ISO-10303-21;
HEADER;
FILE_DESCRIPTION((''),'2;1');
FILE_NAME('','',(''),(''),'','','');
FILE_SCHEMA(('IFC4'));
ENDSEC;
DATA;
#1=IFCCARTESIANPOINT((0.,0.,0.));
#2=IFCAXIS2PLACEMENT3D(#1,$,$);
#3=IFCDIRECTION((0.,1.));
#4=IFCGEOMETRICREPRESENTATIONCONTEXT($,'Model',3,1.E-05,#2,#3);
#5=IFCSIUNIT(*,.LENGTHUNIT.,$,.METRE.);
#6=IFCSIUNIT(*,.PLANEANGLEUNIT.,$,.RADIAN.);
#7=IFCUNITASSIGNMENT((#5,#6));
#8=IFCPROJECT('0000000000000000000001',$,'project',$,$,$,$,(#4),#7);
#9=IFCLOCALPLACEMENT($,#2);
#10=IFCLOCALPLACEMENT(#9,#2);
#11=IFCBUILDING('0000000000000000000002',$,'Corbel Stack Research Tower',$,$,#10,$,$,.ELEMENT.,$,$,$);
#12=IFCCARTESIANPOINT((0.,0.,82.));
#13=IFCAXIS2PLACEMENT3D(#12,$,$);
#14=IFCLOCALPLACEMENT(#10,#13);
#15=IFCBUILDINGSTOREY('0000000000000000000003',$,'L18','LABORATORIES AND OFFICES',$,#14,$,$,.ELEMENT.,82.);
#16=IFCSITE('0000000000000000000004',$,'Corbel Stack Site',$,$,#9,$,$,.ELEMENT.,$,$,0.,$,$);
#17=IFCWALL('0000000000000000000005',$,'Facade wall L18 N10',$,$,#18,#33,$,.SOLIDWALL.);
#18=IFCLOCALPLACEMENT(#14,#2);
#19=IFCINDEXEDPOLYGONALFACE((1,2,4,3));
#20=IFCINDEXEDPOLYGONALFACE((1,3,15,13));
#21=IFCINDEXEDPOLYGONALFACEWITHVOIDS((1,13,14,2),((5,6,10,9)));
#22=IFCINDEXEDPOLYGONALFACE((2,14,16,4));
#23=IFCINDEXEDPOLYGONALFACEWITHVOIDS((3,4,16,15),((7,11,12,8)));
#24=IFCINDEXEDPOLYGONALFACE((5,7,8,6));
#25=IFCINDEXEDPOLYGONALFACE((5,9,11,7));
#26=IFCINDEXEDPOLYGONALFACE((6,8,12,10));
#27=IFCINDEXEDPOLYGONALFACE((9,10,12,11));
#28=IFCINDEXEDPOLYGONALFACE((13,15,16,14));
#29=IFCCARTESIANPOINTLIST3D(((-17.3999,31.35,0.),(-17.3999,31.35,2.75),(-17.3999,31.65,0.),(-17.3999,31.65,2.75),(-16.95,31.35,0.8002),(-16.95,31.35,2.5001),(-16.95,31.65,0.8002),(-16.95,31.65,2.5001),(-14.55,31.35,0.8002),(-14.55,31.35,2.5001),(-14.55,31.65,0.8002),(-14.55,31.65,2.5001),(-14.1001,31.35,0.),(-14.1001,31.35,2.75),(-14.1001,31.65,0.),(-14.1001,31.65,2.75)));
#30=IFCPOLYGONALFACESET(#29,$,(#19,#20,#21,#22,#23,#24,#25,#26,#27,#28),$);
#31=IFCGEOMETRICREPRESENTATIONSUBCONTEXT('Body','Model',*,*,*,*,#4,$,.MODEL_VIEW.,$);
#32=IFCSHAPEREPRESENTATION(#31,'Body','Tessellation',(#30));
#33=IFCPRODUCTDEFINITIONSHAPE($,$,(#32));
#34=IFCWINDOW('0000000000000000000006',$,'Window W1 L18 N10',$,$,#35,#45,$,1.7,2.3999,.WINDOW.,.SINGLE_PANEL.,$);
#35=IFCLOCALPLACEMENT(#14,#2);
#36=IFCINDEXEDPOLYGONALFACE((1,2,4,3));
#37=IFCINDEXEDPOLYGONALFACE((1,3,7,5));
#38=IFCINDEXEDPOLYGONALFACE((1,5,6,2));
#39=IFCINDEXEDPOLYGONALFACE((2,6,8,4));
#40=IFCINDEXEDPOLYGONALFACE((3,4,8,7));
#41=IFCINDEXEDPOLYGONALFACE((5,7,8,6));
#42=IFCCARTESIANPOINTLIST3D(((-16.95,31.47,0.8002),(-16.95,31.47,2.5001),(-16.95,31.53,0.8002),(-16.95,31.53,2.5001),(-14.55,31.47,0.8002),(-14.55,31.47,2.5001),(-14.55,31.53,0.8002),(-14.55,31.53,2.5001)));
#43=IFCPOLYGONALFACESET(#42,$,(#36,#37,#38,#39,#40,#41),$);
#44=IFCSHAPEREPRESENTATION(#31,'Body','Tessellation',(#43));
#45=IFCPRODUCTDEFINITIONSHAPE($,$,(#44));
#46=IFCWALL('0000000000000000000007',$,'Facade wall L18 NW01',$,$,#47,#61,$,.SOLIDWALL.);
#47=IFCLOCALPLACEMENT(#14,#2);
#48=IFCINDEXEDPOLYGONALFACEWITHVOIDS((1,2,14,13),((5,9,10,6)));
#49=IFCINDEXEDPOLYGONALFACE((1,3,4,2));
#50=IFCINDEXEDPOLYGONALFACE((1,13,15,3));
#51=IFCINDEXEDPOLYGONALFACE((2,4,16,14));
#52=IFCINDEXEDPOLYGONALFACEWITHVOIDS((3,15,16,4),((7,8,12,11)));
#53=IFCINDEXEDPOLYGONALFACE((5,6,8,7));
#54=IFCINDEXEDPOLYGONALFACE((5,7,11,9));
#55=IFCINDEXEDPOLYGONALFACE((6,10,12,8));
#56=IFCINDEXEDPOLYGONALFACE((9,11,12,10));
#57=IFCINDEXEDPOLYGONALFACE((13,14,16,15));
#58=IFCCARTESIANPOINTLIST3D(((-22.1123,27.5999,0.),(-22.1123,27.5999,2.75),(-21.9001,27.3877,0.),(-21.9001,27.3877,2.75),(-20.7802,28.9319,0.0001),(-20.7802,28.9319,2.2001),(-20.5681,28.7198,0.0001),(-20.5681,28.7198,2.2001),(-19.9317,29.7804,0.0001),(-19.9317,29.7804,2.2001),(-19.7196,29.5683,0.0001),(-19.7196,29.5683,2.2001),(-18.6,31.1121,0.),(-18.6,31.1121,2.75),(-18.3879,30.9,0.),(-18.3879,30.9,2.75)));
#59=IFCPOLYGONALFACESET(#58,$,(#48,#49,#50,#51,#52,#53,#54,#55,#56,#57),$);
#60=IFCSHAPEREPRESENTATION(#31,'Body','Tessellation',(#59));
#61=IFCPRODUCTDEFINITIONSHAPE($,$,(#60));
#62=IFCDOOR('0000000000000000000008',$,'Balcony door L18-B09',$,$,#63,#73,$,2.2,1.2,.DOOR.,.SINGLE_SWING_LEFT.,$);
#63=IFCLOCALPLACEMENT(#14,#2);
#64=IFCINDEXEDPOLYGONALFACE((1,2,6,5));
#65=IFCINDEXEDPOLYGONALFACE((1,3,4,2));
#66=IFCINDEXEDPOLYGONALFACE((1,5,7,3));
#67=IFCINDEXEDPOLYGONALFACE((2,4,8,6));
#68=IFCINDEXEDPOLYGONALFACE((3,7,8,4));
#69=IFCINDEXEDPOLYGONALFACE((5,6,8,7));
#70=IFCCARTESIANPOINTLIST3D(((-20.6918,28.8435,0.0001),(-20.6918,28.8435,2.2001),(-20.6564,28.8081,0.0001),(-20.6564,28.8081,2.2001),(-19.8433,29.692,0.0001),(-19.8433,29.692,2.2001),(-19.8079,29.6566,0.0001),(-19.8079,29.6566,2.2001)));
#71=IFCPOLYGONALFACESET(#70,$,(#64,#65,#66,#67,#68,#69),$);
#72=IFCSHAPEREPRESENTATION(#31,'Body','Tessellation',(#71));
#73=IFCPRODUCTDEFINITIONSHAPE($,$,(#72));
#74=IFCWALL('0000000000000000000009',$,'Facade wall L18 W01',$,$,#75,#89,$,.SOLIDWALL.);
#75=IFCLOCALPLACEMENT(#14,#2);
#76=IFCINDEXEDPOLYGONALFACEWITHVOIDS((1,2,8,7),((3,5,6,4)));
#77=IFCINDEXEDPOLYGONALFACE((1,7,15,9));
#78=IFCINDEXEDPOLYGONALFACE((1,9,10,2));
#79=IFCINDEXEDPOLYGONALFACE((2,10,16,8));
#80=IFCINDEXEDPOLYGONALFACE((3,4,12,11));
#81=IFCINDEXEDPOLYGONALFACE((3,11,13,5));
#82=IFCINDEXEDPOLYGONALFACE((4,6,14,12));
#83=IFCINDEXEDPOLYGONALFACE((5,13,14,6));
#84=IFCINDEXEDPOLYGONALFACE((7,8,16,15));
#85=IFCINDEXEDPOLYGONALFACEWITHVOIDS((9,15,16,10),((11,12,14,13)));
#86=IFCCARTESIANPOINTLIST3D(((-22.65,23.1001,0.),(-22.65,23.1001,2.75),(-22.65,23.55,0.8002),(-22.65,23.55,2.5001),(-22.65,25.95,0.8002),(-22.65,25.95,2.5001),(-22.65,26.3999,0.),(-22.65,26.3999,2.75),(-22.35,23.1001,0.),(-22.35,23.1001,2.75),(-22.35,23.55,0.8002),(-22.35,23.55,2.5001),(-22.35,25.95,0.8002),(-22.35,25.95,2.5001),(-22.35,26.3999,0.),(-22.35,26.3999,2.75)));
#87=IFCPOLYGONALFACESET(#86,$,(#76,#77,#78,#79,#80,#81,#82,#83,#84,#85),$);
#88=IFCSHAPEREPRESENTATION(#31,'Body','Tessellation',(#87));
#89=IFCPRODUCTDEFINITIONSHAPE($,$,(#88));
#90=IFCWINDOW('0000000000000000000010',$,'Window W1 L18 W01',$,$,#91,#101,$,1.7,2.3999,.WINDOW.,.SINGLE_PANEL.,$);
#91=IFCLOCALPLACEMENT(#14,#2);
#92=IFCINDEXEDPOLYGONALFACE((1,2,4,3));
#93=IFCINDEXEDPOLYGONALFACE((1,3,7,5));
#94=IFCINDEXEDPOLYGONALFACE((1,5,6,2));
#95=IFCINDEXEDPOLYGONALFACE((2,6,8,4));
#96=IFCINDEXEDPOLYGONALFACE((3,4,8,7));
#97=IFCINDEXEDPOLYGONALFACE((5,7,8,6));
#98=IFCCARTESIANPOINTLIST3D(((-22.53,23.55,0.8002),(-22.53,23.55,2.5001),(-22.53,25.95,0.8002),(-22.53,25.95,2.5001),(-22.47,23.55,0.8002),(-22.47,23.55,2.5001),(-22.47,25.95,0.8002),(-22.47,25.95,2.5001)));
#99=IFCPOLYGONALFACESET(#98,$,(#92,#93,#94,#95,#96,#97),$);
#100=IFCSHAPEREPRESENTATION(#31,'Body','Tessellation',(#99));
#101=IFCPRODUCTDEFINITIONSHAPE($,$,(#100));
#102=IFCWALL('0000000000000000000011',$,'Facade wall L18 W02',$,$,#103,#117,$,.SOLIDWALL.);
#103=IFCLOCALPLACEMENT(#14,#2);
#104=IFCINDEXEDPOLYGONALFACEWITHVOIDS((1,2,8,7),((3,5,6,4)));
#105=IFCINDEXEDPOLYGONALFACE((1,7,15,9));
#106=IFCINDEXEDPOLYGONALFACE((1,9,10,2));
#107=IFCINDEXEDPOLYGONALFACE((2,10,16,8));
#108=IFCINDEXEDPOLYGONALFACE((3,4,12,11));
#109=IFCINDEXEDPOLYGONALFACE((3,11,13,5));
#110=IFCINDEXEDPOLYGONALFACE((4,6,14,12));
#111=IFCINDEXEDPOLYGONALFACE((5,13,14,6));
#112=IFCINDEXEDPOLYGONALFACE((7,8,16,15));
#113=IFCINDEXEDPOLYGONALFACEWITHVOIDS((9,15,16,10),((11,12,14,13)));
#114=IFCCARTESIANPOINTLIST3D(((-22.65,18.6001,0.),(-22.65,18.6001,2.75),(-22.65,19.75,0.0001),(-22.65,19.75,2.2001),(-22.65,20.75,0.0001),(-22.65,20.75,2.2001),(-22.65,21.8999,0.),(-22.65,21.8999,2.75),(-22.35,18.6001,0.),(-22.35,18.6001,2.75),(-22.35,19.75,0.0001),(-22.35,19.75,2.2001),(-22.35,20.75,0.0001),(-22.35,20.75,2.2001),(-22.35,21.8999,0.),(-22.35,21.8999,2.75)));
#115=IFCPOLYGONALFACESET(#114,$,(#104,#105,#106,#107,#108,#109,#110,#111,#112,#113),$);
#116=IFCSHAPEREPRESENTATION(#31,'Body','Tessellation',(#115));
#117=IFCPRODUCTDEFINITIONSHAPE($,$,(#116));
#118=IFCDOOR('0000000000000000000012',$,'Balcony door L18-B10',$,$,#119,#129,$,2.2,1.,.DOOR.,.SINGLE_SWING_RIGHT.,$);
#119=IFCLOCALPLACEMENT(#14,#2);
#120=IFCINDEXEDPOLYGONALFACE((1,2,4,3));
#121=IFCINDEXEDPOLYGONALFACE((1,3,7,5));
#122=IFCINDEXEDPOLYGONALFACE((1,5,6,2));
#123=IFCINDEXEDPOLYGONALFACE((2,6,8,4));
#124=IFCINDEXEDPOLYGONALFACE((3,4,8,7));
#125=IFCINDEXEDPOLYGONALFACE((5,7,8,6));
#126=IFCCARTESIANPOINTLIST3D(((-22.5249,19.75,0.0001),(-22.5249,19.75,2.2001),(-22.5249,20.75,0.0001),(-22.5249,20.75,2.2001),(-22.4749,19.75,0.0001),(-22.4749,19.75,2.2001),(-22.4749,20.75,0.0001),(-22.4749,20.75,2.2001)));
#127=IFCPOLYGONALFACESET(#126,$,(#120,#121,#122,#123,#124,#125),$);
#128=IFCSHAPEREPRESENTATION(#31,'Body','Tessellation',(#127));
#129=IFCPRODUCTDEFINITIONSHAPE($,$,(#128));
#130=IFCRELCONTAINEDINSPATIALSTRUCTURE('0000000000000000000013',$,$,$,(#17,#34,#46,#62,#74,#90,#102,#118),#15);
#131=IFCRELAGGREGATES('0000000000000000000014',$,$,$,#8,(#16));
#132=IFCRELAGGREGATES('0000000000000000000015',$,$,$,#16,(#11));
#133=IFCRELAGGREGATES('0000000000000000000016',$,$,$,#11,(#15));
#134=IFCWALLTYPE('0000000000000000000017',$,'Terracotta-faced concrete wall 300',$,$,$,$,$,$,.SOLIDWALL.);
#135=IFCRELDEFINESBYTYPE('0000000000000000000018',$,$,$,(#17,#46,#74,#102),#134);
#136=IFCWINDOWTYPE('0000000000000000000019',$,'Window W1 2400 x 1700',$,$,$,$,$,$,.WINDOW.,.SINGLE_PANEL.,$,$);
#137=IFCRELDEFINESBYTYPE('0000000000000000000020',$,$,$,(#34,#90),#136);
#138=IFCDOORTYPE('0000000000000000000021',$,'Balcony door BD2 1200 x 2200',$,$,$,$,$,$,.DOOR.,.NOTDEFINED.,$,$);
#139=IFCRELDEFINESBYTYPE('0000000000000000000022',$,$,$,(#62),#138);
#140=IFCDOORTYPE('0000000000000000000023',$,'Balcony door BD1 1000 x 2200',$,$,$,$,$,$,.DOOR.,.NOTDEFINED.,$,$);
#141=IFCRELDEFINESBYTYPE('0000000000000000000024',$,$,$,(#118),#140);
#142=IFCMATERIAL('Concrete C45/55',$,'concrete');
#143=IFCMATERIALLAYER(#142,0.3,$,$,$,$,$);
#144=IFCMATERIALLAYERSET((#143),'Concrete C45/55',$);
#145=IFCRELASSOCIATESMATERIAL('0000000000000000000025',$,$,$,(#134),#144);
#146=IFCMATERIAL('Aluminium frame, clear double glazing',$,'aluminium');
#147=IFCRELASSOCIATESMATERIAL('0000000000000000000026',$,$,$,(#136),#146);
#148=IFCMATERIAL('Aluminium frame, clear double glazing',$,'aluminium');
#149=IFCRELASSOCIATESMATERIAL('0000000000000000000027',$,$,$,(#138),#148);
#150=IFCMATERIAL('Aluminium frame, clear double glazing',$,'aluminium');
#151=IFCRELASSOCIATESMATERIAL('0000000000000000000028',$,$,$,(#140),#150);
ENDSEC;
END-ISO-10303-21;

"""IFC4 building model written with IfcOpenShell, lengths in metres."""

from ifc_helpers import new_model, si_unit, direction, frame, frame_2d, origin, place, context, subcontext, project, spatial, rectangle, extrude, material, layer, layer_set, type_object, element, fill, save


model = new_model("IFC4")

# Units and contexts
model_context = context("Model", 3, precision=1e-05, world=origin(), true_north=direction((0.0, 1.0)))
body_context = subcontext(model_context, "Body", "Model", "MODEL_VIEW")
ifc_project = project(units=[si_unit("LENGTHUNIT", "METRE"), si_unit("PLANEANGLEUNIT", "RADIAN")], contexts=[model_context])

# Site, building, storey
site_placement = place(None, origin())
site = spatial("IfcSite", under=ifc_project, at=site_placement, Name="Corbel Stack Site", CompositionType="ELEMENT", RefElevation=0.0)
building_placement = place(site_placement, origin())
building = spatial("IfcBuilding", under=site, at=building_placement, Name="Corbel Stack Research Tower", CompositionType="ELEMENT")
storey_placement = place(building_placement, frame((0.0, 0.0, 82.0)))
storey = spatial("IfcBuildingStorey", under=building, at=storey_placement, Name="L18", Description="LABORATORIES AND OFFICES", CompositionType="ELEMENT", Elevation=82.0)

# Wall, opening, window
ifc_material_1 = material(Name="Concrete C45/55", Category="concrete")
ifc_layer_1 = layer(ifc_material_1, 0.3)
ifc_layer_set_1 = layer_set([ifc_layer_1], Name="Concrete C45/55")
wall_type = type_object("IfcWallType", Name="Terracotta-faced concrete wall 300", PredefinedType="SOLIDWALL", material=ifc_layer_set_1)
wall_1_placement = place(storey_placement, frame((-17.3999, 31.5, 0.0), z_axis=(0.0, 0.0, 1.0), x_axis=(1.0, 0.0, 0.0)))
wall_1 = element("IfcWall", 1, at=wall_1_placement, inside=storey, type_object=wall_type, Name="Facade wall L18 N10", PredefinedType="SOLIDWALL", context=body_context, shape_type="SweptSolid", body=[
    extrude(rectangle(XDim=3.2998, YDim=0.3, at=frame_2d((1.6499, 0.0))), origin(), (0.0, 0.0, 1.0), 2.75),
])
opening_1_placement = place(wall_1_placement, frame((0.45, 0.0, 0.8)))
opening_1 = element("IfcOpeningElement", 2, at=opening_1_placement, cuts=wall_1, PredefinedType="OPENING", context=body_context, shape_type="SweptSolid", body=[
    extrude(rectangle(XDim=2.3999, YDim=1.7, at=frame_2d((1.2, 0.8501))), frame((0.0, 0.1599, 0.0), z_axis=(0.0, -1.0, 0.0), x_axis=(1.0, 0.0, 0.0)), (0.0, 0.0, 1.0), 0.3201),
])
ifc_material_2 = material(Name="Aluminium frame, clear double glazing", Category="aluminium")
window_type = type_object("IfcWindowType", Name="Window W1 2400 x 1700", PartitioningType="SINGLE_PANEL", PredefinedType="WINDOW", material=ifc_material_2)
window_1_placement = place(opening_1_placement, origin())
window_1 = element("IfcWindow", 3, at=window_1_placement, inside=storey, type_object=window_type, Name="Window W1 L18 N10", OverallHeight=1.7, OverallWidth=2.3999, PartitioningType="SINGLE_PANEL", PredefinedType="WINDOW", context=body_context, shape_type="SweptSolid", body=[
    extrude(rectangle(XDim=2.3999, YDim=1.7, at=frame_2d((1.2, 0.8501))), frame((0.0, 0.03, 0.0), z_axis=(0.0, -1.0, 0.0), x_axis=(1.0, 0.0, 0.0)), (0.0, 0.0, 1.0), 0.0601),
])
fill(opening_1, window_1)

# Wall, opening, door
wall_2_placement = place(storey_placement, frame((-22.0061, 27.4939, 0.0), z_axis=(0.0, 0.0, 1.0), x_axis=(0.707107, 0.707107, 0.0)))
wall_2 = element("IfcWall", 4, at=wall_2_placement, inside=storey, type_object=wall_type, Name="Facade wall L18 NW01", PredefinedType="SOLIDWALL", context=body_context, shape_type="SweptSolid", body=[
    extrude(rectangle(XDim=4.967, YDim=0.3, at=frame_2d((2.4834, 0.0))), origin(), (0.0, 0.0, 1.0), 2.75),
])
opening_2_placement = place(wall_2_placement, frame((1.8835, 0.0, 0.0)))
opening_2 = element("IfcOpeningElement", 5, at=opening_2_placement, cuts=wall_2, PredefinedType="OPENING", context=body_context, shape_type="SweptSolid", body=[
    extrude(rectangle(XDim=1.2, YDim=2.2, at=frame_2d((0.6001, 1.1001))), frame((0.0, 0.1599, 0.0), z_axis=(0.0, -1.0, 0.0), x_axis=(1.0, 0.0, 0.0)), (0.0, 0.0, 1.0), 0.3201),
])
ifc_material_3 = material(Name="Aluminium frame, clear double glazing", Category="aluminium")
door_type_1 = type_object("IfcDoorType", Name="Balcony door BD2 1200 x 2200", OperationType="NOTDEFINED", PredefinedType="DOOR", material=ifc_material_3)
door_1_placement = place(opening_2_placement, origin())
door_1 = element("IfcDoor", 6, at=door_1_placement, inside=storey, type_object=door_type_1, Name="Balcony door L18-B09", OperationType="SINGLE_SWING_LEFT", OverallHeight=2.2, OverallWidth=1.2, PredefinedType="DOOR", context=body_context, shape_type="SweptSolid", body=[
    extrude(rectangle(XDim=1.2, YDim=2.2, at=frame_2d((0.6001, 1.1001))), frame((0.0, 0.0249, 0.0), z_axis=(0.0, -1.0, 0.0), x_axis=(1.0, 0.0, 0.0)), (0.0, 0.0, 1.0), 0.05),
])
fill(opening_2, door_1)

# Wall, opening, window
wall_3_placement = place(storey_placement, frame((-22.5, 23.1001, 0.0), z_axis=(0.0, 0.0, 1.0), x_axis=(0.0, 1.0, 0.0)))
wall_3 = element("IfcWall", 7, at=wall_3_placement, inside=storey, type_object=wall_type, Name="Facade wall L18 W01", PredefinedType="SOLIDWALL", context=body_context, shape_type="SweptSolid", body=[
    extrude(rectangle(XDim=3.2998, YDim=0.3, at=frame_2d((1.6499, 0.0))), origin(), (0.0, 0.0, 1.0), 2.75),
])
opening_3_placement = place(wall_3_placement, frame((0.45, 0.0, 0.8)))
opening_3 = element("IfcOpeningElement", 8, at=opening_3_placement, cuts=wall_3, PredefinedType="OPENING", context=body_context, shape_type="SweptSolid", body=[
    extrude(rectangle(XDim=2.3999, YDim=1.7, at=frame_2d((1.2, 0.8501))), frame((0.0, 0.1599, 0.0), z_axis=(0.0, -1.0, 0.0), x_axis=(1.0, 0.0, 0.0)), (0.0, 0.0, 1.0), 0.3201),
])
window_2_placement = place(opening_3_placement, origin())
window_2 = element("IfcWindow", 9, at=window_2_placement, inside=storey, type_object=window_type, Name="Window W1 L18 W01", OverallHeight=1.7, OverallWidth=2.3999, PartitioningType="SINGLE_PANEL", PredefinedType="WINDOW", context=body_context, shape_type="SweptSolid", body=[
    extrude(rectangle(XDim=2.3999, YDim=1.7, at=frame_2d((1.2, 0.8501))), frame((0.0, 0.03, 0.0), z_axis=(0.0, -1.0, 0.0), x_axis=(1.0, 0.0, 0.0)), (0.0, 0.0, 1.0), 0.0601),
])
fill(opening_3, window_2)

# Wall, opening, door
wall_4_placement = place(storey_placement, frame((-22.5, 18.6001, 0.0), z_axis=(0.0, 0.0, 1.0), x_axis=(0.0, 1.0, 0.0)))
wall_4 = element("IfcWall", 10, at=wall_4_placement, inside=storey, type_object=wall_type, Name="Facade wall L18 W02", PredefinedType="SOLIDWALL", context=body_context, shape_type="SweptSolid", body=[
    extrude(rectangle(XDim=3.2998, YDim=0.3, at=frame_2d((1.6499, 0.0))), origin(), (0.0, 0.0, 1.0), 2.75),
])
opening_4_placement = place(wall_4_placement, frame((1.1499, 0.0, 0.0)))
opening_4 = element("IfcOpeningElement", 11, at=opening_4_placement, cuts=wall_4, PredefinedType="OPENING", context=body_context, shape_type="SweptSolid", body=[
    extrude(rectangle(XDim=1.0, YDim=2.2, at=frame_2d((0.5, 1.1001))), frame((0.0, 0.1599, 0.0), z_axis=(0.0, -1.0, 0.0), x_axis=(1.0, 0.0, 0.0)), (0.0, 0.0, 1.0), 0.3201),
])
ifc_material_4 = material(Name="Aluminium frame, clear double glazing", Category="aluminium")
door_type_2 = type_object("IfcDoorType", Name="Balcony door BD1 1000 x 2200", OperationType="NOTDEFINED", PredefinedType="DOOR", material=ifc_material_4)
door_2_placement = place(opening_4_placement, origin())
door_2 = element("IfcDoor", 12, at=door_2_placement, inside=storey, type_object=door_type_2, Name="Balcony door L18-B10", OperationType="SINGLE_SWING_RIGHT", OverallHeight=2.2, OverallWidth=1.0, PredefinedType="DOOR", context=body_context, shape_type="SweptSolid", body=[
    extrude(rectangle(XDim=1.0, YDim=2.2, at=frame_2d((0.5, 1.1001))), frame((0.0, 0.0249, 0.0), z_axis=(0.0, -1.0, 0.0), x_axis=(1.0, 0.0, 0.0)), (0.0, 0.0, 1.0), 0.05),
])
fill(opening_4, door_2)

save(model, "model.ifc")
